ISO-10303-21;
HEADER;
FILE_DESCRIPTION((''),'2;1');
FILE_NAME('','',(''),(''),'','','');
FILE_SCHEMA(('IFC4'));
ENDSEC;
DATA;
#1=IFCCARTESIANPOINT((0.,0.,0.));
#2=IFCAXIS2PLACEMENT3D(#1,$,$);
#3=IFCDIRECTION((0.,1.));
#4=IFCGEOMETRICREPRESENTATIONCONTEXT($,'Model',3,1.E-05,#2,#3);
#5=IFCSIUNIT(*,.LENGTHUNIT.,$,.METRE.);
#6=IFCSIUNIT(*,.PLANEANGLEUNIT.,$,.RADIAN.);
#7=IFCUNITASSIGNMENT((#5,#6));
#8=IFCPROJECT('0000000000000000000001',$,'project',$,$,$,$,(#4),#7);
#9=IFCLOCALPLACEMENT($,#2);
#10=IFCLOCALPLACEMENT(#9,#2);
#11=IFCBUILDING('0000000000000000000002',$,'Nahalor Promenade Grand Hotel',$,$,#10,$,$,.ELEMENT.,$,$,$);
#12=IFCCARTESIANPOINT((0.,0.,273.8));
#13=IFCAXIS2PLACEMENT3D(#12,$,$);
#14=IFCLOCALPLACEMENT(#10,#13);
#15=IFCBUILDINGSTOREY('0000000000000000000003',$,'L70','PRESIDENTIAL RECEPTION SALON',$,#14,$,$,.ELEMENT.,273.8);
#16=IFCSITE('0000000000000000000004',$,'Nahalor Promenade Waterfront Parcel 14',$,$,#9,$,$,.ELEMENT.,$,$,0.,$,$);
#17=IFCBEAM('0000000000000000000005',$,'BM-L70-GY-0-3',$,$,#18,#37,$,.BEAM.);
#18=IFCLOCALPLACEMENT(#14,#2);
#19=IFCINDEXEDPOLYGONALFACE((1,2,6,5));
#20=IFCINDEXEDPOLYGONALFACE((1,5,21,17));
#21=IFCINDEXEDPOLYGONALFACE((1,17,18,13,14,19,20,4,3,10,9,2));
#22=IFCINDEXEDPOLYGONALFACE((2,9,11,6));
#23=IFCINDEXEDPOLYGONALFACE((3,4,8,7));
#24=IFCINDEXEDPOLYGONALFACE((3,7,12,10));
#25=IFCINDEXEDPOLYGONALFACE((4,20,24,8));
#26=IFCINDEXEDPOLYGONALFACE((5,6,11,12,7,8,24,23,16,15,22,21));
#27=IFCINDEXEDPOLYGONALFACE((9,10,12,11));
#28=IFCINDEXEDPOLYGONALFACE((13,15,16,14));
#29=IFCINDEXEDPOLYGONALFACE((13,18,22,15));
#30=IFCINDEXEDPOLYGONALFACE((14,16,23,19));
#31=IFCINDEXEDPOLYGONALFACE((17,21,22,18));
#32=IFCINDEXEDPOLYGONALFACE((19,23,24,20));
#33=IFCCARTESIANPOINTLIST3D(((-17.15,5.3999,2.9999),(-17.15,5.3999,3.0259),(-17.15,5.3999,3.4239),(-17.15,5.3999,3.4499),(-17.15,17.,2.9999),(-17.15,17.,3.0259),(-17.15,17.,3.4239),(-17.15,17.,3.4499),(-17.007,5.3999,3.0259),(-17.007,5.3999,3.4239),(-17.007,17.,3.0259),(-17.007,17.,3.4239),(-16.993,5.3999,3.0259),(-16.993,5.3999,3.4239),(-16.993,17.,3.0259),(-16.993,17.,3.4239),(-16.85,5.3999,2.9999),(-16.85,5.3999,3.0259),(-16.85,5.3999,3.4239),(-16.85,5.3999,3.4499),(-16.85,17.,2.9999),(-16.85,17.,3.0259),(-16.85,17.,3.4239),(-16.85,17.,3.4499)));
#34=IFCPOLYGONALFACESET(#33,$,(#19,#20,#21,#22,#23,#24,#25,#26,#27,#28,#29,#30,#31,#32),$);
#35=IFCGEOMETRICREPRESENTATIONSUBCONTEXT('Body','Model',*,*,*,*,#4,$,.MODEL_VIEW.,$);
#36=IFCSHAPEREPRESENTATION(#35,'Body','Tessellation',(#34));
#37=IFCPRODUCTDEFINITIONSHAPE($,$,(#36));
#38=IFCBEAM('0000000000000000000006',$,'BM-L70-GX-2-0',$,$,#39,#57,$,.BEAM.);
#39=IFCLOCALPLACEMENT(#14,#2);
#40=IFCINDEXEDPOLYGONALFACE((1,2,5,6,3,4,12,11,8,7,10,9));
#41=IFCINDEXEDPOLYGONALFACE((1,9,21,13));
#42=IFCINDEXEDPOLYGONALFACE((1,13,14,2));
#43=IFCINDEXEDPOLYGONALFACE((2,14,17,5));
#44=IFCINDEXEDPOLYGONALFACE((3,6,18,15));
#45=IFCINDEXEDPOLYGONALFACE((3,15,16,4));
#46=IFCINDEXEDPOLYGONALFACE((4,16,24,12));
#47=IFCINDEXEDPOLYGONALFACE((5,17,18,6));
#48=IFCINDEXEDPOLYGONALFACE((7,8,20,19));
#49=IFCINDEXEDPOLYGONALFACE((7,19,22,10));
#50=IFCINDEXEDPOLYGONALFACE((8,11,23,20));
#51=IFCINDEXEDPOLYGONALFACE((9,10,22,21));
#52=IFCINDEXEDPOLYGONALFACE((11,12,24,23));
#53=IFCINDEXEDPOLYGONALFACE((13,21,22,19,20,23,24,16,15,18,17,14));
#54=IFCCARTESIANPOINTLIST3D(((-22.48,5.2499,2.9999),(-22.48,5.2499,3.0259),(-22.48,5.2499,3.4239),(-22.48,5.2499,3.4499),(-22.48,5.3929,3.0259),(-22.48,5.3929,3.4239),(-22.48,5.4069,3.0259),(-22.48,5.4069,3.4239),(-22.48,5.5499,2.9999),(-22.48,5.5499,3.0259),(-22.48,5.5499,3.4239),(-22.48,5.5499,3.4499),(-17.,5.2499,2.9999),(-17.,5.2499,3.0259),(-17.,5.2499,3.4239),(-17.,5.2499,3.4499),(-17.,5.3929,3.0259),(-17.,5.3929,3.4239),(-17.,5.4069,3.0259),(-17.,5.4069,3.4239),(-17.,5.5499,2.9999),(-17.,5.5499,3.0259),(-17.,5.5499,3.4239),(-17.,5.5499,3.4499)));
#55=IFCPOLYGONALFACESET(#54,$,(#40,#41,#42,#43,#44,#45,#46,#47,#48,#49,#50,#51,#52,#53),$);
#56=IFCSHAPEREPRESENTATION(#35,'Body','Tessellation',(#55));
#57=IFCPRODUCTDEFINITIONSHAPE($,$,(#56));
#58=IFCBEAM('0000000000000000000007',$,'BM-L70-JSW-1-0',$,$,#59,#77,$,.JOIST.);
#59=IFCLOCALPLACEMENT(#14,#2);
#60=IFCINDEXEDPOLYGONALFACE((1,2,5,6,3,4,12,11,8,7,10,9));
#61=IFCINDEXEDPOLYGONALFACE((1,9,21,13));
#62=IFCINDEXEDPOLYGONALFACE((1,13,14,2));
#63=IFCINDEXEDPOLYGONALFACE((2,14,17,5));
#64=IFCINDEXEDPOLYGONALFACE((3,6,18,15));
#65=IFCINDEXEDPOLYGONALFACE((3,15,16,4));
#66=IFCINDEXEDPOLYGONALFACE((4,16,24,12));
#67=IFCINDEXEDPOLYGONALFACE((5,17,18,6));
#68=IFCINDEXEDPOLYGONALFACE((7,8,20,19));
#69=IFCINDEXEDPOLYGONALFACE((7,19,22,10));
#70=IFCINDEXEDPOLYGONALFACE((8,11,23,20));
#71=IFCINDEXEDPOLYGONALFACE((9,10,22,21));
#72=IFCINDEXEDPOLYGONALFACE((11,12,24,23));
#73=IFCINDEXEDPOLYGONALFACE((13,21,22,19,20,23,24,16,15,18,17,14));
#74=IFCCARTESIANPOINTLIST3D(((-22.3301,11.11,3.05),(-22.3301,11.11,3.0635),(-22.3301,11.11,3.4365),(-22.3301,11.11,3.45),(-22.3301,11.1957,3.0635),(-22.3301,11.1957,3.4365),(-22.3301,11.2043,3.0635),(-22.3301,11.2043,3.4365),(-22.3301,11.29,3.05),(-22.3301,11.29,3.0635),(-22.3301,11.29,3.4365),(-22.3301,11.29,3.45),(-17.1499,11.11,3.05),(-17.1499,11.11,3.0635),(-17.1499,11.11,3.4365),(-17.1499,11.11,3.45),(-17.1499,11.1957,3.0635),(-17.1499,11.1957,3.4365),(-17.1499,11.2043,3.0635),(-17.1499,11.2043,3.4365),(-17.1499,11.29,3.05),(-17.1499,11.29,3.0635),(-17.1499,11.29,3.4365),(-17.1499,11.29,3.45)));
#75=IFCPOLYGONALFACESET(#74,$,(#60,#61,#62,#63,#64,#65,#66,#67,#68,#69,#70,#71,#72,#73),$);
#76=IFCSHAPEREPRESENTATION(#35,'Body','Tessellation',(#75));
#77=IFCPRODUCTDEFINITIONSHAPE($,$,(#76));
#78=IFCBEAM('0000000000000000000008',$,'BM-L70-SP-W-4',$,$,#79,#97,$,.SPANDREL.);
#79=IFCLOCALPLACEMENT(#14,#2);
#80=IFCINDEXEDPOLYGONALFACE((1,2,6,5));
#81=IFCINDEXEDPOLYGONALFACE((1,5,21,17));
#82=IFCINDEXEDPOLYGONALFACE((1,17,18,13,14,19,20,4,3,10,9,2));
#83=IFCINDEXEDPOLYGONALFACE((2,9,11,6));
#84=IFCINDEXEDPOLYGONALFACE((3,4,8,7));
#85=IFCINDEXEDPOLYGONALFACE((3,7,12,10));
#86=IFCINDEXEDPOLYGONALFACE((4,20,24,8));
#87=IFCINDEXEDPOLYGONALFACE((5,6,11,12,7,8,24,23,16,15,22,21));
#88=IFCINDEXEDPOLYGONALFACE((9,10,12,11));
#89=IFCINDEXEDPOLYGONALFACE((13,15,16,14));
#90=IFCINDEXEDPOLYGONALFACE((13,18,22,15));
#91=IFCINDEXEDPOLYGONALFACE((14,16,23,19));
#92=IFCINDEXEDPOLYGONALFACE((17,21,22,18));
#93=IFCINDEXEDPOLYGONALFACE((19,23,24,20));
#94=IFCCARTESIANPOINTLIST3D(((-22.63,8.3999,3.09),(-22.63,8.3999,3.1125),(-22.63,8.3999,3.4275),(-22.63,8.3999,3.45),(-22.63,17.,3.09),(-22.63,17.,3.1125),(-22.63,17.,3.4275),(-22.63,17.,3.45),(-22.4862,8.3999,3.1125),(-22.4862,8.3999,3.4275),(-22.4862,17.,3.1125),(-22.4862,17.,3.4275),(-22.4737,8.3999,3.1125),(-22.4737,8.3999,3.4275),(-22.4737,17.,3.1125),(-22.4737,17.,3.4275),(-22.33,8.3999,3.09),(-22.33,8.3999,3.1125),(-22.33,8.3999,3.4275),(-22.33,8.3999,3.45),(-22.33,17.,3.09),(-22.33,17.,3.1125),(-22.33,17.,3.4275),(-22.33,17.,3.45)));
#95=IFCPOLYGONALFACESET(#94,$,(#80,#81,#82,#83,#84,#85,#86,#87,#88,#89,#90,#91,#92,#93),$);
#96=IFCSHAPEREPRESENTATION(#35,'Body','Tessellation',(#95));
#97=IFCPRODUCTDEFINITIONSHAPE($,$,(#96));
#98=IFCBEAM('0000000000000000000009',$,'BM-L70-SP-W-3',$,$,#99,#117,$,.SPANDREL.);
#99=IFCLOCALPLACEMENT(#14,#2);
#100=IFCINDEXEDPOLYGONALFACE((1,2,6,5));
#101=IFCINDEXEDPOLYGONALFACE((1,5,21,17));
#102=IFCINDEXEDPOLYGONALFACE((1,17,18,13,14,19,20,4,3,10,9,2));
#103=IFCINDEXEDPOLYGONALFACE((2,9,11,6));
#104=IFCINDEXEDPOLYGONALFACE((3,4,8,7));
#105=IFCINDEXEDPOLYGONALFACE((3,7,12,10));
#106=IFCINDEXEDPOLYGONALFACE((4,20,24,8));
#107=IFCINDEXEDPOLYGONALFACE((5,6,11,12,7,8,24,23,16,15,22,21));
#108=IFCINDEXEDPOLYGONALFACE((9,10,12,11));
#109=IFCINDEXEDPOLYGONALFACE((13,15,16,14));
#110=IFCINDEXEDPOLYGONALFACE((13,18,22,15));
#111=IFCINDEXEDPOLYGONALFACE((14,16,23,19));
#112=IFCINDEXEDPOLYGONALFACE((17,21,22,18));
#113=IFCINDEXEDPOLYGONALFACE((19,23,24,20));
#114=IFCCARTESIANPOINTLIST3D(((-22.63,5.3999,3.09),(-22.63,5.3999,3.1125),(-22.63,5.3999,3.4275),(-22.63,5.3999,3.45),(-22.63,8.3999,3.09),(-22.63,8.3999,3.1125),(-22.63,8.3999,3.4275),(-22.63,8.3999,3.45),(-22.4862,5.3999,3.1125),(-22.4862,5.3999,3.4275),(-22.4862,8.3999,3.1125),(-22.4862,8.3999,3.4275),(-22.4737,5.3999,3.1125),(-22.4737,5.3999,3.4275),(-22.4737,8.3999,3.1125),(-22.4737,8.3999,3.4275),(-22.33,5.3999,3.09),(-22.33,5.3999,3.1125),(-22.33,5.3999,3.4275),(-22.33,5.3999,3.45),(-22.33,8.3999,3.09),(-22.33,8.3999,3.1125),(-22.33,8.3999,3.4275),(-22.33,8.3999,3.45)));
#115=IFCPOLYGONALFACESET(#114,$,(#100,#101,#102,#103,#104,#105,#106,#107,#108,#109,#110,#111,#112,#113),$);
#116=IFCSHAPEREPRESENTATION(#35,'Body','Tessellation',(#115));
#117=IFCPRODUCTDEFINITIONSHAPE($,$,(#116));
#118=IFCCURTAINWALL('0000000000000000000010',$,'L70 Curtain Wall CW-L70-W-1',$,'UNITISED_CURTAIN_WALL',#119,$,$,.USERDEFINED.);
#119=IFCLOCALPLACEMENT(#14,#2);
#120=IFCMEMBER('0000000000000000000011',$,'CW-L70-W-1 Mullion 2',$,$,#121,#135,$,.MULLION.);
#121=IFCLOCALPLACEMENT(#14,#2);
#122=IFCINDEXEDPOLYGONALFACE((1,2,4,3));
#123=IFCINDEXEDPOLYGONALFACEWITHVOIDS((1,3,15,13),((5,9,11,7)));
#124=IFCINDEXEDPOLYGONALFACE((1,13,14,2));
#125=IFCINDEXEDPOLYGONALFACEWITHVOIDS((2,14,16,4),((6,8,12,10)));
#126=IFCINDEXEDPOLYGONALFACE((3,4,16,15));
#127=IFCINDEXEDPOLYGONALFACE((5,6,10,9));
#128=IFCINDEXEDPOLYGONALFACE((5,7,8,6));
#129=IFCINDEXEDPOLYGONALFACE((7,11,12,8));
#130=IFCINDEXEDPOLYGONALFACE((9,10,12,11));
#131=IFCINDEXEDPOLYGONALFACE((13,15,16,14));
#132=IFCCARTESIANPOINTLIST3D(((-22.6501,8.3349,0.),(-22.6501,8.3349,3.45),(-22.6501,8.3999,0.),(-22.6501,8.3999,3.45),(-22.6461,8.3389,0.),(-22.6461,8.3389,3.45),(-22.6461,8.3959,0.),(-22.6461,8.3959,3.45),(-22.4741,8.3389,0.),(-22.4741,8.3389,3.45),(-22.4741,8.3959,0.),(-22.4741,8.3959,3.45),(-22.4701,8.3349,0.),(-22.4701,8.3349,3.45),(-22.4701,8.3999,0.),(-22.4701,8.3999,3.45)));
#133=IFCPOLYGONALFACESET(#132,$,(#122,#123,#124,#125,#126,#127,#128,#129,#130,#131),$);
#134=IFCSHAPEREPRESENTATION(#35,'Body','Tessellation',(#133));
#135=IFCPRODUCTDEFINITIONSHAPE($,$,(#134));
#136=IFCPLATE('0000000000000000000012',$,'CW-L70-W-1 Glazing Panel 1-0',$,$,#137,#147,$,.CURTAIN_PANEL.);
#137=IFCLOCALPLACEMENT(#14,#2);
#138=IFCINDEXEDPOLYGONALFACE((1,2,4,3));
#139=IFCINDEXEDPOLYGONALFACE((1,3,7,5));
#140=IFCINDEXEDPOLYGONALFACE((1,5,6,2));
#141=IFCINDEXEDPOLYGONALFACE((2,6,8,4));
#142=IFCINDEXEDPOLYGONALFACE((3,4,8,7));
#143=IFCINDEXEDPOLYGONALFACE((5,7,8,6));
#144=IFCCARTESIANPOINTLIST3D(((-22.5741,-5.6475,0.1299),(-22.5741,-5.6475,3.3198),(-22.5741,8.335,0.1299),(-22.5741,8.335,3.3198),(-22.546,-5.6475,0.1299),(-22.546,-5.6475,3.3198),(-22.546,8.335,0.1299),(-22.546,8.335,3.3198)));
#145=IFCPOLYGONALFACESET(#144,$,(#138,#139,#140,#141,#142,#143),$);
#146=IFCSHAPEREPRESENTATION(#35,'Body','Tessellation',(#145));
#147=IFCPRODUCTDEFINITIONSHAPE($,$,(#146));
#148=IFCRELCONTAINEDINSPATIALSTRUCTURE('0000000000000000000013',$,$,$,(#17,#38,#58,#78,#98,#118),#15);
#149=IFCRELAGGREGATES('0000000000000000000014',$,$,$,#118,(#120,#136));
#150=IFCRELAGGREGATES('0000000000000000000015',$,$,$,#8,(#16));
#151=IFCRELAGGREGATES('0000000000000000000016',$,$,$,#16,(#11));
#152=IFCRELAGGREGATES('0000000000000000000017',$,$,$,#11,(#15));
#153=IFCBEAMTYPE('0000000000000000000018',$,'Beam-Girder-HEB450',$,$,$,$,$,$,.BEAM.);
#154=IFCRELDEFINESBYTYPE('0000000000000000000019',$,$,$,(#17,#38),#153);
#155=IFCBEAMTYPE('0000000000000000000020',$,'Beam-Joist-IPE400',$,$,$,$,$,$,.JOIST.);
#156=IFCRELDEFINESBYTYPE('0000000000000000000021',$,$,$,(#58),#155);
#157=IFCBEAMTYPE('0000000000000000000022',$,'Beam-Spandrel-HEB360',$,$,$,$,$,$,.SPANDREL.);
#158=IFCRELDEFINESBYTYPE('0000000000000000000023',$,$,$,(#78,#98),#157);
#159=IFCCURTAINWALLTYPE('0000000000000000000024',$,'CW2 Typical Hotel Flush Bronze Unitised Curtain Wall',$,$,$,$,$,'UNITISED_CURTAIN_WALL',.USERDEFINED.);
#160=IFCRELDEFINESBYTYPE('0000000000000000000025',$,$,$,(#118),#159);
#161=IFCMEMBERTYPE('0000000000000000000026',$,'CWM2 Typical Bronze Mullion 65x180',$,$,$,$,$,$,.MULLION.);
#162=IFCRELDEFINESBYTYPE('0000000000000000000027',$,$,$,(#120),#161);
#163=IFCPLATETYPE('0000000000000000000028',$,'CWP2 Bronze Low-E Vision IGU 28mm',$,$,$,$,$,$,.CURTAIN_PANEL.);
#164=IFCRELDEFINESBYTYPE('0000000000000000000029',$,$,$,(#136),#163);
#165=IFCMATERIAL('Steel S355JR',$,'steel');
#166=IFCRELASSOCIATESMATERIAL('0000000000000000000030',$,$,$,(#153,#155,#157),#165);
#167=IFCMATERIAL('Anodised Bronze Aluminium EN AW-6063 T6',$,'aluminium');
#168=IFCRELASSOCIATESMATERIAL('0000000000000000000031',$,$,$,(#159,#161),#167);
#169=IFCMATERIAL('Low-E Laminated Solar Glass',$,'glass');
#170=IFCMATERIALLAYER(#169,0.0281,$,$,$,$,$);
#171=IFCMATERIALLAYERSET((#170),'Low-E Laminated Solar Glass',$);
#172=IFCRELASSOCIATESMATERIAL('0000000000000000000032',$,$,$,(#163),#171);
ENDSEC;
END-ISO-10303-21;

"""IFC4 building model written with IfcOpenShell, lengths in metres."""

from ifc_helpers import new_model, si_unit, direction, frame, origin, origin_2d, place, context, subcontext, project, spatial, rectangle, hollow_rectangle, i_section, extrude, source, transform, mapped, material, layer, layer_set, material_profile, profile_set, type_object, element, aggregate, save


model = new_model("IFC4")

# Units and contexts
model_context = context("Model", 3, precision=1e-05, world=origin(), true_north=direction((0.0, 1.0)))
body_context = subcontext(model_context, "Body", "Model", "MODEL_VIEW")
ifc_project = project(units=[si_unit("LENGTHUNIT", "METRE"), si_unit("PLANEANGLEUNIT", "RADIAN")], contexts=[model_context])

# Site, building, storey
site_placement = place(None, origin())
site = spatial("IfcSite", under=ifc_project, at=site_placement, Name="Nahalor Promenade Waterfront Parcel 14", CompositionType="ELEMENT", RefElevation=0.0)
building_placement = place(site_placement, origin())
building = spatial("IfcBuilding", under=site, at=building_placement, Name="Nahalor Promenade Grand Hotel", CompositionType="ELEMENT")
storey_placement = place(building_placement, frame((0.0, 0.0, 273.8)))
storey = spatial("IfcBuildingStorey", under=building, at=storey_placement, Name="L70", Description="PRESIDENTIAL RECEPTION SALON", CompositionType="ELEMENT", Elevation=273.8)

# Shared definitions
ifc_material_1 = material(Name="Steel S355JR", Category="steel")

# Beams
ifc_material_profile_1 = material_profile(ifc_material_1, i_section(OverallWidth=0.3, OverallDepth=0.45, WebThickness=0.014, FlangeThickness=0.026, at=origin_2d()), Name="HEB 450")
ifc_profile_set_1 = profile_set([ifc_material_profile_1], Name="Steel S355JR")
beam_type_1 = type_object("IfcBeamType", Name="Beam-Girder-HEB450", PredefinedType="BEAM", material=ifc_profile_set_1)
shared_shape_1 = source(origin(), body_context, "Body", "SweptSolid", [
    extrude(i_section(OverallWidth=0.3, OverallDepth=0.45, WebThickness=0.014, FlangeThickness=0.026, at=origin_2d()), origin(), (0.0, 0.0, 1.0), 11.6001),
])
beam_1_placement = place(storey_placement, frame((-17.0, 5.3999, 3.2249), z_axis=(0.0, 1.0, 0.0), x_axis=(-1.0, 0.0, 0.0)))
element("IfcBeam", 1, at=beam_1_placement, inside=storey, type_object=beam_type_1, Name="BM-L70-GY-0-3", PredefinedType="BEAM", context=body_context, shape_type="MappedRepresentation", body=[
    mapped(shared_shape_1, transform((0.0, 0.0, 0.0), scale=1.0)),
])
shared_shape_2 = source(origin(), body_context, "Body", "SweptSolid", [
    extrude(i_section(OverallWidth=0.3, OverallDepth=0.45, WebThickness=0.014, FlangeThickness=0.026, at=origin_2d()), origin(), (0.0, 0.0, 1.0), 5.48),
])
beam_2_placement = place(storey_placement, frame((-22.48, 5.3999, 3.2249), z_axis=(1.0, 0.0, 0.0), x_axis=(0.0, 1.0, 0.0)))
element("IfcBeam", 2, at=beam_2_placement, inside=storey, type_object=beam_type_1, Name="BM-L70-GX-2-0", PredefinedType="BEAM", context=body_context, shape_type="MappedRepresentation", body=[
    mapped(shared_shape_2, transform((0.0, 0.0, 0.0), scale=1.0)),
])
ifc_material_profile_2 = material_profile(ifc_material_1, i_section(OverallWidth=0.18, OverallDepth=0.4, WebThickness=0.0086, FlangeThickness=0.0135, at=origin_2d()), Name="IPE 400")
ifc_profile_set_2 = profile_set([ifc_material_profile_2], Name="Steel S355JR")
beam_type_2 = type_object("IfcBeamType", Name="Beam-Joist-IPE400", PredefinedType="JOIST", material=ifc_profile_set_2)
shared_shape_3 = source(origin(), body_context, "Body", "SweptSolid", [
    extrude(i_section(OverallWidth=0.18, OverallDepth=0.4, WebThickness=0.0086, FlangeThickness=0.0135, at=origin_2d()), origin(), (0.0, 0.0, 1.0), 5.1802),
])
beam_3_placement = place(storey_placement, frame((-22.3301, 11.2, 3.25), z_axis=(1.0, 0.0, 0.0), x_axis=(0.0, 1.0, 0.0)))
element("IfcBeam", 3, at=beam_3_placement, inside=storey, type_object=beam_type_2, Name="BM-L70-JSW-1-0", PredefinedType="JOIST", context=body_context, shape_type="MappedRepresentation", body=[
    mapped(shared_shape_3, transform((0.0, 0.0, 0.0), scale=1.0)),
])
ifc_material_profile_3 = material_profile(ifc_material_1, i_section(OverallWidth=0.3, OverallDepth=0.36, WebThickness=0.0125, FlangeThickness=0.0225, at=origin_2d()), Name="HEB 360")
ifc_profile_set_3 = profile_set([ifc_material_profile_3], Name="Steel S355JR")
beam_type_3 = type_object("IfcBeamType", Name="Beam-Spandrel-HEB360", PredefinedType="SPANDREL", material=ifc_profile_set_3)
shared_shape_4 = source(origin(), body_context, "Body", "SweptSolid", [
    extrude(i_section(OverallWidth=0.3, OverallDepth=0.36, WebThickness=0.0125, FlangeThickness=0.0225, at=origin_2d()), origin(), (0.0, 0.0, 1.0), 8.6001),
])
beam_4_placement = place(storey_placement, frame((-22.48, 8.3999, 3.27), z_axis=(0.0, 1.0, 0.0), x_axis=(-1.0, 0.0, 0.0)))
element("IfcBeam", 4, at=beam_4_placement, inside=storey, type_object=beam_type_3, Name="BM-L70-SP-W-4", PredefinedType="SPANDREL", context=body_context, shape_type="MappedRepresentation", body=[
    mapped(shared_shape_4, transform((0.0, 0.0, 0.0), scale=1.0)),
])
shared_shape_5 = source(origin(), body_context, "Body", "SweptSolid", [
    extrude(i_section(OverallWidth=0.3, OverallDepth=0.36, WebThickness=0.0125, FlangeThickness=0.0225, at=origin_2d()), origin(), (0.0, 0.0, 1.0), 3.0),
])
beam_5_placement = place(storey_placement, frame((-22.48, 5.3999, 3.27), z_axis=(0.0, 1.0, 0.0), x_axis=(-1.0, 0.0, 0.0)))
element("IfcBeam", 5, at=beam_5_placement, inside=storey, type_object=beam_type_3, Name="BM-L70-SP-W-3", PredefinedType="SPANDREL", context=body_context, shape_type="MappedRepresentation", body=[
    mapped(shared_shape_5, transform((0.0, 0.0, 0.0), scale=1.0)),
])

# Curtain wall, member, plate
ifc_material_2 = material(Name="Anodised Bronze Aluminium EN AW-6063 T6", Category="aluminium")
curtain_wall_type = type_object("IfcCurtainWallType", Name="CW2 Typical Hotel Flush Bronze Unitised Curtain Wall", ElementType="UNITISED_CURTAIN_WALL", PredefinedType="USERDEFINED", material=ifc_material_2)
curtain_wall_placement = place(storey_placement, origin())
curtain_wall = element("IfcCurtainWall", 6, at=curtain_wall_placement, inside=storey, type_object=curtain_wall_type, Name="L70 Curtain Wall CW-L70-W-1", ObjectType="UNITISED_CURTAIN_WALL", PredefinedType="USERDEFINED")
ifc_material_profile_4 = material_profile(ifc_material_2, hollow_rectangle(XDim=0.065, YDim=0.18, WallThickness=0.004, at=origin_2d()), Name="CWM 65x180x4")
ifc_profile_set_4 = profile_set([ifc_material_profile_4], Name="Anodised Bronze Aluminium EN AW-6063 T6")
member_type = type_object("IfcMemberType", Name="CWM2 Typical Bronze Mullion 65x180", PredefinedType="MULLION", material=ifc_profile_set_4)
shared_shape_6 = source(origin(), body_context, "Body", "SweptSolid", [
    extrude(hollow_rectangle(XDim=0.065, YDim=0.18, WallThickness=0.004, at=origin_2d()), origin(), (0.0, 0.0, 1.0), 3.45),
])
member_placement = place(storey_placement, frame((-22.5601, 8.3674, 0.0), z_axis=(0.0, 0.0, 1.0), x_axis=(0.0, 1.0, 0.0)))
member = element("IfcMember", 7, at=member_placement, type_object=member_type, Name="CW-L70-W-1 Mullion 2", PredefinedType="MULLION", context=body_context, shape_type="MappedRepresentation", body=[
    mapped(shared_shape_6, transform((0.0, 0.0, 0.0), scale=1.0)),
])
ifc_material_3 = material(Name="Low-E Laminated Solar Glass", Category="glass")
ifc_layer_1 = layer(ifc_material_3, 0.0281)
ifc_layer_set_1 = layer_set([ifc_layer_1], Name="Low-E Laminated Solar Glass")
plate_type = type_object("IfcPlateType", Name="CWP2 Bronze Low-E Vision IGU 28mm", PredefinedType="CURTAIN_PANEL", material=ifc_layer_set_1)
shared_shape_7 = source(origin(), body_context, "Body", "SweptSolid", [
    extrude(rectangle(XDim=13.9824, YDim=0.0281, at=origin_2d()), origin(), (0.0, 0.0, 1.0), 3.1899),
])
plate_placement = place(storey_placement, frame((-22.5601, 1.3438, 0.1299), z_axis=(0.0, 0.0, 1.0), x_axis=(0.0, 1.0, 0.0)))
plate = element("IfcPlate", 8, at=plate_placement, type_object=plate_type, Name="CW-L70-W-1 Glazing Panel 1-0", PredefinedType="CURTAIN_PANEL", context=body_context, shape_type="MappedRepresentation", body=[
    mapped(shared_shape_7, transform((0.0, 0.0, 0.0), scale=1.0)),
])
aggregate(curtain_wall, [member, plate])

save(model, "model.ifc")
